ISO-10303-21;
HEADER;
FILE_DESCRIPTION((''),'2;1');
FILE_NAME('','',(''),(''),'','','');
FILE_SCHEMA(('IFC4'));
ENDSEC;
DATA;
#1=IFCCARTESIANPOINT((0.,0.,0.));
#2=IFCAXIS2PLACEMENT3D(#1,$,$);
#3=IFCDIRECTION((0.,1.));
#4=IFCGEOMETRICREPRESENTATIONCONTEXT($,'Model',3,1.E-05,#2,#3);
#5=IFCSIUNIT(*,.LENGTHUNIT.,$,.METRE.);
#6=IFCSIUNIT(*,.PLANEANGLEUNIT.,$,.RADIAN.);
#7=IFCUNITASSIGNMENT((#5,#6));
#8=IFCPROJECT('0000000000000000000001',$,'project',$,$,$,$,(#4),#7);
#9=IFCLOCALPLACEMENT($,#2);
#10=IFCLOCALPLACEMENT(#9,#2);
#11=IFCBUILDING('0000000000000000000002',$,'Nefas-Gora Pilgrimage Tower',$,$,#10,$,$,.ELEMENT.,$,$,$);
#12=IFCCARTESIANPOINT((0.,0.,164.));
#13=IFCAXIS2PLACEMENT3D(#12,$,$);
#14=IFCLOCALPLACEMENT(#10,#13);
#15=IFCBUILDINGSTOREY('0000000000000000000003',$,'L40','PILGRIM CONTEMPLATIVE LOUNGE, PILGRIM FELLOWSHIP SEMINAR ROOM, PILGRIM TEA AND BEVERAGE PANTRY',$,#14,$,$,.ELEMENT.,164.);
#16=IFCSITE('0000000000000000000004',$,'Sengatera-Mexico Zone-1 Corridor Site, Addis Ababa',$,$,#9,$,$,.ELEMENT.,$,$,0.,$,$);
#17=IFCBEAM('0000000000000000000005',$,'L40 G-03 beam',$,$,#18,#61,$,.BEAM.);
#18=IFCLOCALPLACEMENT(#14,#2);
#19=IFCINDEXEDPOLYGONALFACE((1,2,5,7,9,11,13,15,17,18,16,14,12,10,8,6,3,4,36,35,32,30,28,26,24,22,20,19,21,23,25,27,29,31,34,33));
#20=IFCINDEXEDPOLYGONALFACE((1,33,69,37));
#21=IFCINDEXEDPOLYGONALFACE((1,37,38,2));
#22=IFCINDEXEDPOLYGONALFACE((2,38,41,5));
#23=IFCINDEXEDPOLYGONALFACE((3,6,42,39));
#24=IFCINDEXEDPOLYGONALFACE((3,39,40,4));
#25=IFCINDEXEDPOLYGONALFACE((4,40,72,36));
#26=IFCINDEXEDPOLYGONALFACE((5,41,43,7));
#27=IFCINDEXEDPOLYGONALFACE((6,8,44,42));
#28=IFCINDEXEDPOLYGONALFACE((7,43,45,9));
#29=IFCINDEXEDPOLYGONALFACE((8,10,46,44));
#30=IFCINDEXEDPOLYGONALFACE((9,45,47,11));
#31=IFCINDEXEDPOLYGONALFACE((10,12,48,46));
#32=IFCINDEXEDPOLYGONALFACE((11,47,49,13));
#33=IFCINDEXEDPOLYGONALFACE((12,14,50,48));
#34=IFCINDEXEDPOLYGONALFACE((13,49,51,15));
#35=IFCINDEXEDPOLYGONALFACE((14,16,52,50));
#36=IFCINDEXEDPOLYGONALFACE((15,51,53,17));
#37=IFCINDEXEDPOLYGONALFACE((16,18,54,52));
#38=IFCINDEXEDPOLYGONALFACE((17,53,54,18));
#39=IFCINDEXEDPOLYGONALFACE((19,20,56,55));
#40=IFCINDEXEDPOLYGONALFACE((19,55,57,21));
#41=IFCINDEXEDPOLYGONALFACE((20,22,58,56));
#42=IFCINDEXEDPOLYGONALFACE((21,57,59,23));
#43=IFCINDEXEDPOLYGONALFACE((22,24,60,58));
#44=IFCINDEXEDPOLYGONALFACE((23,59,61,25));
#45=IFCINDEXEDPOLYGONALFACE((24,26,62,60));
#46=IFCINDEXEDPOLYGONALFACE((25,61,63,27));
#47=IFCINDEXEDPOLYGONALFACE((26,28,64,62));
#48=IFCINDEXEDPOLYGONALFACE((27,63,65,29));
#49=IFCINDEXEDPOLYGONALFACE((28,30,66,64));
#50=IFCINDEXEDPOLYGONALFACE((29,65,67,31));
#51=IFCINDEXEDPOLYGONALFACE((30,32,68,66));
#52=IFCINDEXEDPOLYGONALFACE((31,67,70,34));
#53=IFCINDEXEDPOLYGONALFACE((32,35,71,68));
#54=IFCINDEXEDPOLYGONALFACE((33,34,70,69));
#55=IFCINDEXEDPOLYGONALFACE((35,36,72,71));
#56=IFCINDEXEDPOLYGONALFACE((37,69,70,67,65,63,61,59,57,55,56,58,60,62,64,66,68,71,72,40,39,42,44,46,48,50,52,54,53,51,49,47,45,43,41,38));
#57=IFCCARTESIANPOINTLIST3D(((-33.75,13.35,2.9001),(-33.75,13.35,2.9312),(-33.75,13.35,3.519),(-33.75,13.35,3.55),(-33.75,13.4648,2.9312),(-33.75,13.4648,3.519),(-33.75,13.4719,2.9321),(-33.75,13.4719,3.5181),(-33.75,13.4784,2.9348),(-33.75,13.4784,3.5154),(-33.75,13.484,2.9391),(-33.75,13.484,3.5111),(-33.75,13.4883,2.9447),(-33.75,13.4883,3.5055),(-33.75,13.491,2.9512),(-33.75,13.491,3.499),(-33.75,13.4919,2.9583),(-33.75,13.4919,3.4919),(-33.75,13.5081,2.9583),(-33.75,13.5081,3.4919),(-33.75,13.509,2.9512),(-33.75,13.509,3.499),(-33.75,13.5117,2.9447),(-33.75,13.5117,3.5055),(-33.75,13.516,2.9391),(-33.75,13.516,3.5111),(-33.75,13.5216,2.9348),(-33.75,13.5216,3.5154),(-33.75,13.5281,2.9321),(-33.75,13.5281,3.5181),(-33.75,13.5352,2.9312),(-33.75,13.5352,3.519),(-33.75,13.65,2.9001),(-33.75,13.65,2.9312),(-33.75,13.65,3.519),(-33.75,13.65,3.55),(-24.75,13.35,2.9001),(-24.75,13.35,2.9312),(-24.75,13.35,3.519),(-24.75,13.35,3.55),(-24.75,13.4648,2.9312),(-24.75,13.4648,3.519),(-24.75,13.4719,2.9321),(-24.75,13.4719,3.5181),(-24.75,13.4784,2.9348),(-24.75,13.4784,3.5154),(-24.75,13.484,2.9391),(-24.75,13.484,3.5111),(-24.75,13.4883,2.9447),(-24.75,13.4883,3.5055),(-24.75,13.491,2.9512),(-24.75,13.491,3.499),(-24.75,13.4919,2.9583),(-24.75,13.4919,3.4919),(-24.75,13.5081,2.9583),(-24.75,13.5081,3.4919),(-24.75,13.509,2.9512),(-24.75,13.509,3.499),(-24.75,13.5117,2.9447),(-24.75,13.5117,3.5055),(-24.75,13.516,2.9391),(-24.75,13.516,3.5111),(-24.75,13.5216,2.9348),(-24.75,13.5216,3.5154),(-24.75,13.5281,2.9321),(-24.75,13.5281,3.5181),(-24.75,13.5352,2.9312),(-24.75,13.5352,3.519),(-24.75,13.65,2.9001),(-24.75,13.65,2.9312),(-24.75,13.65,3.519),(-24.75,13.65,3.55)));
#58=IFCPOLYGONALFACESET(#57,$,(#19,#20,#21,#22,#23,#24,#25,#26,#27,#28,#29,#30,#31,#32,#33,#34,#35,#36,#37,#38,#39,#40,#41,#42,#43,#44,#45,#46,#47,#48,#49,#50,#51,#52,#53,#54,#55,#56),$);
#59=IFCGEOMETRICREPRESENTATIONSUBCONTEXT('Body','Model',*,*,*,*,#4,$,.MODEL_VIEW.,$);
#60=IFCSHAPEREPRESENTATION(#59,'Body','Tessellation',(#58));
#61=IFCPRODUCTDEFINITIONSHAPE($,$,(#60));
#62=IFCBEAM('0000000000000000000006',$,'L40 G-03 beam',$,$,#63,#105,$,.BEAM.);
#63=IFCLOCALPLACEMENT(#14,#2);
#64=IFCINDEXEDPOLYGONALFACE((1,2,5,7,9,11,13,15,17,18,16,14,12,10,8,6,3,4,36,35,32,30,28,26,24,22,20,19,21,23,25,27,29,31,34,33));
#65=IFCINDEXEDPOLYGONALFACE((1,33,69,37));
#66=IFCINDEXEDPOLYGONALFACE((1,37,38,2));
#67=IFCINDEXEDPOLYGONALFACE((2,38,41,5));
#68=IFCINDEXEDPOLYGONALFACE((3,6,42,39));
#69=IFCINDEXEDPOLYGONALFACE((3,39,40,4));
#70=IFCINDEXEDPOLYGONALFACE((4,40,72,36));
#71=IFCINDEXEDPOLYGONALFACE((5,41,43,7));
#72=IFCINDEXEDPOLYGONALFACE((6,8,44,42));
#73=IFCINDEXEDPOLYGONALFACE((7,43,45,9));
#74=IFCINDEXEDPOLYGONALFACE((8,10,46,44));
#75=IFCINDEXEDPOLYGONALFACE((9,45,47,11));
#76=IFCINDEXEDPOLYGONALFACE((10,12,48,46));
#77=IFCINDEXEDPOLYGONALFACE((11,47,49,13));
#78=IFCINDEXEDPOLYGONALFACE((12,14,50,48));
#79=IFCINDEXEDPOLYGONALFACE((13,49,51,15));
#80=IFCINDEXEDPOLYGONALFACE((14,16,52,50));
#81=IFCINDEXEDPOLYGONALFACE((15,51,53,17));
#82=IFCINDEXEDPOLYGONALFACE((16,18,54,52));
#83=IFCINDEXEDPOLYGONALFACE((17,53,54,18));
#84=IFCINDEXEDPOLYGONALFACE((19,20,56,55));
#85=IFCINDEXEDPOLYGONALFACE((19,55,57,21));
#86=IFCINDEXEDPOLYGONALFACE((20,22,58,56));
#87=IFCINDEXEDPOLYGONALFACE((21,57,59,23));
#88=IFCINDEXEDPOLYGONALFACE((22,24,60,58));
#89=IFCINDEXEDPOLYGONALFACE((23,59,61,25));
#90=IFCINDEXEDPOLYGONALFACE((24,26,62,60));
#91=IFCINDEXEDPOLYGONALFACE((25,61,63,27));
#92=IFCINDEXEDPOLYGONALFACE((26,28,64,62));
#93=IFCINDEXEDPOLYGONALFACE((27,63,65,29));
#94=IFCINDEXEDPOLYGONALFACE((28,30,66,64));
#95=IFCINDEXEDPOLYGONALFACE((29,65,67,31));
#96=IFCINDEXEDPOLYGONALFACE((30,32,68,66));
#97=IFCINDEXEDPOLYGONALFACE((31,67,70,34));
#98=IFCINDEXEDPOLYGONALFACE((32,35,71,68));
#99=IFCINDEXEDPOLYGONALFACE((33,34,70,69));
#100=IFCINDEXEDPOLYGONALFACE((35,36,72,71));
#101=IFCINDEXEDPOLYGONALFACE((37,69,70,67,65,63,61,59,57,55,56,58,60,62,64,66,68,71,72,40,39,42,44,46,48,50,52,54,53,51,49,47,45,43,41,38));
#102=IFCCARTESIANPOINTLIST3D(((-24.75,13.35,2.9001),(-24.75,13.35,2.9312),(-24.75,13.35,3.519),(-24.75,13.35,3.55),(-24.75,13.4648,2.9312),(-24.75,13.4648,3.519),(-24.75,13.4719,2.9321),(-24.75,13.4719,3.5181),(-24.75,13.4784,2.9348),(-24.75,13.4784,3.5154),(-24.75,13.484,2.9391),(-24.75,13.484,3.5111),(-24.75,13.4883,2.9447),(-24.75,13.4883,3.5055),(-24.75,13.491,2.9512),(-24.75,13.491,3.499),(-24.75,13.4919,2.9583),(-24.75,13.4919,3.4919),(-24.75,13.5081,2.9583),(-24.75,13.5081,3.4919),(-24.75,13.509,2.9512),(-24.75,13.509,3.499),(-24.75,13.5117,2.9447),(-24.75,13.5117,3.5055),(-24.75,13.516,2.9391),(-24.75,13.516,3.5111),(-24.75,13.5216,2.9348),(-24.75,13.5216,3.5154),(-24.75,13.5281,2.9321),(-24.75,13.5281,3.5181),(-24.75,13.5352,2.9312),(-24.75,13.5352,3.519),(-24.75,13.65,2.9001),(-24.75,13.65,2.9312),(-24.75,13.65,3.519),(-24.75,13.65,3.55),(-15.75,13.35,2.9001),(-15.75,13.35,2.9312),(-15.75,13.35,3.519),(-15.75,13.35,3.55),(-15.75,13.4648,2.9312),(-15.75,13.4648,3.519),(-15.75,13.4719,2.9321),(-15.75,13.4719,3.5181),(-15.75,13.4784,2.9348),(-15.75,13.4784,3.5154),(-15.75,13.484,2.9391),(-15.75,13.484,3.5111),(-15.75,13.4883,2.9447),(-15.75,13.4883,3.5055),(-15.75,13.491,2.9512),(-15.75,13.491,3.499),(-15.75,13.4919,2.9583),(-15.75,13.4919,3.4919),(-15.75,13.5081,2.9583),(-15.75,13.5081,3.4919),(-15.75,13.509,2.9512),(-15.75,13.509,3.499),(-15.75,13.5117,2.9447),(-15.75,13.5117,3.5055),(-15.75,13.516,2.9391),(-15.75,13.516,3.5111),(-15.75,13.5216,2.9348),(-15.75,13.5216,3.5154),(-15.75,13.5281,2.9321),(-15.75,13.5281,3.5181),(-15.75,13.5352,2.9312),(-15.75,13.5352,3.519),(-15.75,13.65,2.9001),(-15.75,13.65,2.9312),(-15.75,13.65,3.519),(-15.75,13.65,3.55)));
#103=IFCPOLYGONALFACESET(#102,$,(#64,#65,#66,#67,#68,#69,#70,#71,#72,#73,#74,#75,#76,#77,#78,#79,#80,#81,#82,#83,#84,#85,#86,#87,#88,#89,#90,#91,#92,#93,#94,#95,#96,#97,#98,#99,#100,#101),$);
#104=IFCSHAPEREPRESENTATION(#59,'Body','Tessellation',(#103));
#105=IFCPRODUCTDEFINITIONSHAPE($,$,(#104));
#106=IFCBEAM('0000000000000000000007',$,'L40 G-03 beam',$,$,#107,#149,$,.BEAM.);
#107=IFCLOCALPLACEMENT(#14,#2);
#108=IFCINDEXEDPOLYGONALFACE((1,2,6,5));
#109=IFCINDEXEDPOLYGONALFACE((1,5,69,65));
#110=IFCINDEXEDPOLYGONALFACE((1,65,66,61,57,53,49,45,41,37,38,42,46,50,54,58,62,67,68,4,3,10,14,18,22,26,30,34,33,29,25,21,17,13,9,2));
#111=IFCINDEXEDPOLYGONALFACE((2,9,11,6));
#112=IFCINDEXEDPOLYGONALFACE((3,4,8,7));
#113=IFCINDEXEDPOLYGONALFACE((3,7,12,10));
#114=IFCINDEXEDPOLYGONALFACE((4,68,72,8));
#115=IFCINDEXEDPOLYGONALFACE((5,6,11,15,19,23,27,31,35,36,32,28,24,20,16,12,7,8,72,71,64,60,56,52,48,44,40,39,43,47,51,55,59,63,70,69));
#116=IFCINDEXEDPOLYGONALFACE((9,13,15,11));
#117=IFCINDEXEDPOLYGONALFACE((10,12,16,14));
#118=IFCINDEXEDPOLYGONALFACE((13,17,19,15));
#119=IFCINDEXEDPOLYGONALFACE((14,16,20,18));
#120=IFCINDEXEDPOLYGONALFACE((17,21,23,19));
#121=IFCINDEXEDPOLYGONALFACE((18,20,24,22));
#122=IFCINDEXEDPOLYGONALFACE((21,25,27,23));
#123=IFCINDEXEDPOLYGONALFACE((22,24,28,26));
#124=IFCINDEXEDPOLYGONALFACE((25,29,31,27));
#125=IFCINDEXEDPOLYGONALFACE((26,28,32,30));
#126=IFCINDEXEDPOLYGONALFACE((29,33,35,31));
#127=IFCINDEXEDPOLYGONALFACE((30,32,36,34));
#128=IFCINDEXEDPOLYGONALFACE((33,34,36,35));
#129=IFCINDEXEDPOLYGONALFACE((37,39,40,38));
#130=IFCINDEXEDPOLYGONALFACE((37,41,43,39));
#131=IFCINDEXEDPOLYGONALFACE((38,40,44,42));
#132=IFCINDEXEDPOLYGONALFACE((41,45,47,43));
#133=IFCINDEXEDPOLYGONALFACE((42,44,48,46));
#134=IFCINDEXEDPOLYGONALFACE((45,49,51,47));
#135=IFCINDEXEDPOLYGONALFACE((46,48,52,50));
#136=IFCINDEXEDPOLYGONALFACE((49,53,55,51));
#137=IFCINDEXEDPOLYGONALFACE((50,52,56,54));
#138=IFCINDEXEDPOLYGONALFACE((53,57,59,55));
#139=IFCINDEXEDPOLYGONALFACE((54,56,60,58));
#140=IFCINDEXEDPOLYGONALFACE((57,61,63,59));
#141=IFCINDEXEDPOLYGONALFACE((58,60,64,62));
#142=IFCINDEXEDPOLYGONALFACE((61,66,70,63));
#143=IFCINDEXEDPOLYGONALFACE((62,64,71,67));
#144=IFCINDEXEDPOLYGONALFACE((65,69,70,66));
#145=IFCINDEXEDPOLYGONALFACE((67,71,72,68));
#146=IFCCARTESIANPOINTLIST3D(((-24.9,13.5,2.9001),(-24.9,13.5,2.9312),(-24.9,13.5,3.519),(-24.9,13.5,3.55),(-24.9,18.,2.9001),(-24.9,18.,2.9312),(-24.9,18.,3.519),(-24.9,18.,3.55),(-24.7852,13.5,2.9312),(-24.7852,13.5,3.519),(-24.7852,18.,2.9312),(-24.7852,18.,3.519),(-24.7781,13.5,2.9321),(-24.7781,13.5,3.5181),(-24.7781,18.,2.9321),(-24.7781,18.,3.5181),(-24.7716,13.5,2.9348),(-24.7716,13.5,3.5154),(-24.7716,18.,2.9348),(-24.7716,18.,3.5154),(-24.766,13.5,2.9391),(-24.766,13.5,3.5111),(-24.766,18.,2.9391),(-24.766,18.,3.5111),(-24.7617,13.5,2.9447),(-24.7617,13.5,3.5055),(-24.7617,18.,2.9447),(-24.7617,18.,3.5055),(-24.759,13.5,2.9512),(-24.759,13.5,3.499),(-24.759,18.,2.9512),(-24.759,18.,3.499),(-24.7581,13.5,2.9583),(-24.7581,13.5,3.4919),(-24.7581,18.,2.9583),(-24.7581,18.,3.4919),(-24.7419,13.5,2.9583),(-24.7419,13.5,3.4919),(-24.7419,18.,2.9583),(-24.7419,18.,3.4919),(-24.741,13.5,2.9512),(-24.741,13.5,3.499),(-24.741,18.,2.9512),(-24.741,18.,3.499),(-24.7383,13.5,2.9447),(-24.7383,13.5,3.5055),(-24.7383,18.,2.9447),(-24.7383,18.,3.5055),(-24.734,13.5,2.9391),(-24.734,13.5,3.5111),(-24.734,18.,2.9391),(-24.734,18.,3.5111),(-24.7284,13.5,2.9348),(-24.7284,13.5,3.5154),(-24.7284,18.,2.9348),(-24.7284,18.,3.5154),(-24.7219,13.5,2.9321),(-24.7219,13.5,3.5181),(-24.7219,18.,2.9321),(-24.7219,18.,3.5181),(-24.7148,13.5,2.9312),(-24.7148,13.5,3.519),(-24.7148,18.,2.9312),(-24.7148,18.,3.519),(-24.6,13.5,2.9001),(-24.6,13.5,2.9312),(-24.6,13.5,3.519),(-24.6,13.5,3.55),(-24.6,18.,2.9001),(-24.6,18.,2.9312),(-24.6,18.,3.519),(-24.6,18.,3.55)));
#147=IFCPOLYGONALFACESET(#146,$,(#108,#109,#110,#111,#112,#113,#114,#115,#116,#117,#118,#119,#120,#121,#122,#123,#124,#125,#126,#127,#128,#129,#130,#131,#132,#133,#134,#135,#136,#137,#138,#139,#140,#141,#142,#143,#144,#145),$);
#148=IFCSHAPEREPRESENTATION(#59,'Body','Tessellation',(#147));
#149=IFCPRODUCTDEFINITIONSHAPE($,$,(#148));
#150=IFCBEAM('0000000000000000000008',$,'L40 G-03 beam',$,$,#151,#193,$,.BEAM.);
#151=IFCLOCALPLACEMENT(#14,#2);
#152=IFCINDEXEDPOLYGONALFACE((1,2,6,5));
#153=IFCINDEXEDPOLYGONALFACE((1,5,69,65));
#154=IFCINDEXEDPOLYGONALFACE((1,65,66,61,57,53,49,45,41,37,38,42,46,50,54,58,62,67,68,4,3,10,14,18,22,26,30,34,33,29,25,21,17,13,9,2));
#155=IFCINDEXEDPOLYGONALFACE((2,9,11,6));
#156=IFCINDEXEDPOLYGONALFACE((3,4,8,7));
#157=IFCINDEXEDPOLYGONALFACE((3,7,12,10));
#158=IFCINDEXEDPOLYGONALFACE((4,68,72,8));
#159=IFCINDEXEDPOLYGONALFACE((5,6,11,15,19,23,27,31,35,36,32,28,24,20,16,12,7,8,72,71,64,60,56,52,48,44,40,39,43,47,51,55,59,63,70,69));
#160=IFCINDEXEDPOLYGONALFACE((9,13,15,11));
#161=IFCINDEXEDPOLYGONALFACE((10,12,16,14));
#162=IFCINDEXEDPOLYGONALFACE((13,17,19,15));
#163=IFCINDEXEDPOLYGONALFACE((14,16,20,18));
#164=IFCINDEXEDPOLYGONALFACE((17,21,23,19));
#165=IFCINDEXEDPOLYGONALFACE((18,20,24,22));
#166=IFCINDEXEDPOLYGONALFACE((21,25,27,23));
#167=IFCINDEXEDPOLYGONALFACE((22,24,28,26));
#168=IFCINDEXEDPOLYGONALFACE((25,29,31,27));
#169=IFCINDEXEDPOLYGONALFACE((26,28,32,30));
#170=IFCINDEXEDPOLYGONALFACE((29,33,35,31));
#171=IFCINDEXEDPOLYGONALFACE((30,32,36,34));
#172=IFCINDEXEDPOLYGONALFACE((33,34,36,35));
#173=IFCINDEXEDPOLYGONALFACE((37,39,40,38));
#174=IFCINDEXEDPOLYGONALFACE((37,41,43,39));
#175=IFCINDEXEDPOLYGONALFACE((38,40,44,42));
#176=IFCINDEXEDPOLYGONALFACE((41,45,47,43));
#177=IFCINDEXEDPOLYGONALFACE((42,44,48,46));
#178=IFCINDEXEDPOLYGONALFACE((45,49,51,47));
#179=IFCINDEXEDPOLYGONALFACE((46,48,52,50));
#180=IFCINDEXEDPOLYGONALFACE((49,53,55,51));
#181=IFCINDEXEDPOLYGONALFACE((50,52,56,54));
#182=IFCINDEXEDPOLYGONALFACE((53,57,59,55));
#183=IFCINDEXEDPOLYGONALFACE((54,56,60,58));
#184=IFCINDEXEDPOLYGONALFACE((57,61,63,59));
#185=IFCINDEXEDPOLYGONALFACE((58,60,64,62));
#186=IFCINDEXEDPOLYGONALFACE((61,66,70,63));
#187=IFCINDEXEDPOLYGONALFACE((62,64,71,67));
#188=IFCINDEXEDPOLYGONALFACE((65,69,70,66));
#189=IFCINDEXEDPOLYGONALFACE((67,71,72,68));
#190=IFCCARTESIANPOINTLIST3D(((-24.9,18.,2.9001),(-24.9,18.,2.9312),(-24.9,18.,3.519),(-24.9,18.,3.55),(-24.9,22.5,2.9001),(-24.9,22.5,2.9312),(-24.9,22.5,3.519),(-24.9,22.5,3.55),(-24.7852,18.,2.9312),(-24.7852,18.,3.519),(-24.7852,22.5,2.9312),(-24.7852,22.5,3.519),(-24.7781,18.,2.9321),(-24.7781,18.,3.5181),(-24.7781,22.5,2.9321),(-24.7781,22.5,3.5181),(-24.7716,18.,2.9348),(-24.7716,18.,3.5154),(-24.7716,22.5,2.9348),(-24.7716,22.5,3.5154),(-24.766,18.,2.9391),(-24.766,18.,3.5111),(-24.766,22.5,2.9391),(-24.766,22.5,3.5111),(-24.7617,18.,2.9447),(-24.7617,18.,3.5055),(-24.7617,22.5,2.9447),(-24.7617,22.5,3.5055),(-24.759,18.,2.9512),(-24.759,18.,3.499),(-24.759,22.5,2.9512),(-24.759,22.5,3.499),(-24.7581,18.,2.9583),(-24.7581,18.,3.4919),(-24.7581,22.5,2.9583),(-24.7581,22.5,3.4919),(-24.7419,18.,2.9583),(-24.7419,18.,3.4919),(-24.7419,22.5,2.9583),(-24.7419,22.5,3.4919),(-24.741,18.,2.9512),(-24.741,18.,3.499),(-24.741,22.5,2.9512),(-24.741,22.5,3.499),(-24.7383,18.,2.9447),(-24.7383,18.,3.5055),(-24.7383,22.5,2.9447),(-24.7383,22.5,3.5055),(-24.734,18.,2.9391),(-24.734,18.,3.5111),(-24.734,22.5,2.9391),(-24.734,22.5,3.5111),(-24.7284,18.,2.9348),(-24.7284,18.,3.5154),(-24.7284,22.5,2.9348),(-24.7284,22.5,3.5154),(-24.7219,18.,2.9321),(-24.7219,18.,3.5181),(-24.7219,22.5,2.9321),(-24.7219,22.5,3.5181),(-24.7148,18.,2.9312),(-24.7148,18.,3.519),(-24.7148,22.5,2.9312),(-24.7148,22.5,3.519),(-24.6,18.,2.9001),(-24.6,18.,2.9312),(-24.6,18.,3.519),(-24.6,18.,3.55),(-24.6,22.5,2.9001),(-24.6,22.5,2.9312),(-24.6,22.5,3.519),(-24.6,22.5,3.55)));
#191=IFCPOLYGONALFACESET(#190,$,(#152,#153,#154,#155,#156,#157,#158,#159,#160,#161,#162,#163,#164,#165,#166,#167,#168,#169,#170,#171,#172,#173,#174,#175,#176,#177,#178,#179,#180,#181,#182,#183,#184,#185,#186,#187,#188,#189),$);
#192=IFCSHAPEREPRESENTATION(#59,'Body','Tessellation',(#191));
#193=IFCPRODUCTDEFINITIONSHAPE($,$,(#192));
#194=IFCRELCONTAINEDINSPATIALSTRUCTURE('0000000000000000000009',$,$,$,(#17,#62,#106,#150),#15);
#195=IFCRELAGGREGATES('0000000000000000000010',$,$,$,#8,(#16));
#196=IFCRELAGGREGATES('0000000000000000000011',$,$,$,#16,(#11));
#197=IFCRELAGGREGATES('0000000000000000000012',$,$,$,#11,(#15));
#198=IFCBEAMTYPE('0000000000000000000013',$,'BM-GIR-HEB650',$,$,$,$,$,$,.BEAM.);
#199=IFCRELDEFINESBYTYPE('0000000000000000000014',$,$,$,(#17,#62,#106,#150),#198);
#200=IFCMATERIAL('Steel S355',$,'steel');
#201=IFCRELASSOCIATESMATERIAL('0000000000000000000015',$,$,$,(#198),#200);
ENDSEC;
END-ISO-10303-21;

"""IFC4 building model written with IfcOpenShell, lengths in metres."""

from ifc_helpers import new_model, si_unit, direction, frame, origin, origin_2d, place, context, subcontext, project, spatial, i_section, extrude, source, transform, mapped, material, material_profile, profile_set, type_object, element, save


model = new_model("IFC4")

# Units and contexts
model_context = context("Model", 3, precision=1e-05, world=origin(), true_north=direction((0.0, 1.0)))
body_context = subcontext(model_context, "Body", "Model", "MODEL_VIEW")
ifc_project = project(units=[si_unit("LENGTHUNIT", "METRE"), si_unit("PLANEANGLEUNIT", "RADIAN")], contexts=[model_context])

# Site, building, storey
site_placement = place(None, origin())
site = spatial("IfcSite", under=ifc_project, at=site_placement, Name="Sengatera-Mexico Zone-1 Corridor Site, Addis Ababa", CompositionType="ELEMENT", RefElevation=0.0)
building_placement = place(site_placement, origin())
building = spatial("IfcBuilding", under=site, at=building_placement, Name="Nefas-Gora Pilgrimage Tower", CompositionType="ELEMENT")
storey_placement = place(building_placement, frame((0.0, 0.0, 164.0)))
storey = spatial("IfcBuildingStorey", under=building, at=storey_placement, Name="L40", Description="PILGRIM CONTEMPLATIVE LOUNGE, PILGRIM FELLOWSHIP SEMINAR ROOM, PILGRIM TEA AND BEVERAGE PANTRY", CompositionType="ELEMENT", Elevation=164.0)

# Beams
ifc_material_1 = material(Name="Steel S355", Category="steel")
ifc_material_profile_1 = material_profile(ifc_material_1, i_section(OverallWidth=0.3, OverallDepth=0.6499, WebThickness=0.0161, FlangeThickness=0.031, FilletRadius=0.0271, at=origin_2d()), Name="HEB 650")
ifc_profile_set_1 = profile_set([ifc_material_profile_1], Name="Steel S355")
beam_type_1 = type_object("IfcBeamType", Name="BM-GIR-HEB650", PredefinedType="BEAM", material=ifc_profile_set_1)
shared_shape_1 = source(origin(), body_context, "Body", "SweptSolid", [
    extrude(i_section(OverallWidth=0.3, OverallDepth=0.6499, WebThickness=0.0161, FlangeThickness=0.031, FilletRadius=0.0271, at=origin_2d()), origin(), (0.0, 0.0, 1.0), 9.0),
])
for number, where, z_axis, x_axis, name in (
    (1, (-33.75, 13.5, 3.2251), (1.0, 0.0, 0.0), (0.0, 1.0, 0.0), "L40 G-03 beam"),
    (2, (-24.75, 13.5, 3.2251), (1.0, 0.0, 0.0), (0.0, 1.0, 0.0), "L40 G-03 beam"),
):
    element("IfcBeam", number, at=place(storey_placement, frame(where, z_axis=z_axis, x_axis=x_axis)), inside=storey, type_object=beam_type_1, Name=name, PredefinedType="BEAM", context=body_context, shape_type="MappedRepresentation", body=[
        mapped(shared_shape_1, transform((0.0, 0.0, 0.0), x_axis=(1.0, 0.0, 0.0), y_axis=(0.0, 1.0, 0.0), z_axis=(0.0, 0.0, 1.0), scale=1.0)),
    ])
shared_shape_2 = source(origin(), body_context, "Body", "SweptSolid", [
    extrude(i_section(OverallWidth=0.3, OverallDepth=0.6499, WebThickness=0.0161, FlangeThickness=0.031, FilletRadius=0.0271, at=origin_2d()), origin(), (0.0, 0.0, 1.0), 4.5),
])
for number, where, z_axis, x_axis, name in (
    (3, (-24.75, 13.5, 3.2251), (0.0, 1.0, 0.0), (-1.0, 0.0, 0.0), "L40 G-03 beam"),
    (4, (-24.75, 18.0, 3.2251), (0.0, 1.0, 0.0), (-1.0, 0.0, 0.0), "L40 G-03 beam"),
):
    element("IfcBeam", number, at=place(storey_placement, frame(where, z_axis=z_axis, x_axis=x_axis)), inside=storey, type_object=beam_type_1, Name=name, PredefinedType="BEAM", context=body_context, shape_type="MappedRepresentation", body=[
        mapped(shared_shape_2, transform((0.0, 0.0, 0.0), x_axis=(1.0, 0.0, 0.0), y_axis=(0.0, 1.0, 0.0), z_axis=(0.0, 0.0, 1.0), scale=1.0)),
    ])

save(model, "model.ifc")
